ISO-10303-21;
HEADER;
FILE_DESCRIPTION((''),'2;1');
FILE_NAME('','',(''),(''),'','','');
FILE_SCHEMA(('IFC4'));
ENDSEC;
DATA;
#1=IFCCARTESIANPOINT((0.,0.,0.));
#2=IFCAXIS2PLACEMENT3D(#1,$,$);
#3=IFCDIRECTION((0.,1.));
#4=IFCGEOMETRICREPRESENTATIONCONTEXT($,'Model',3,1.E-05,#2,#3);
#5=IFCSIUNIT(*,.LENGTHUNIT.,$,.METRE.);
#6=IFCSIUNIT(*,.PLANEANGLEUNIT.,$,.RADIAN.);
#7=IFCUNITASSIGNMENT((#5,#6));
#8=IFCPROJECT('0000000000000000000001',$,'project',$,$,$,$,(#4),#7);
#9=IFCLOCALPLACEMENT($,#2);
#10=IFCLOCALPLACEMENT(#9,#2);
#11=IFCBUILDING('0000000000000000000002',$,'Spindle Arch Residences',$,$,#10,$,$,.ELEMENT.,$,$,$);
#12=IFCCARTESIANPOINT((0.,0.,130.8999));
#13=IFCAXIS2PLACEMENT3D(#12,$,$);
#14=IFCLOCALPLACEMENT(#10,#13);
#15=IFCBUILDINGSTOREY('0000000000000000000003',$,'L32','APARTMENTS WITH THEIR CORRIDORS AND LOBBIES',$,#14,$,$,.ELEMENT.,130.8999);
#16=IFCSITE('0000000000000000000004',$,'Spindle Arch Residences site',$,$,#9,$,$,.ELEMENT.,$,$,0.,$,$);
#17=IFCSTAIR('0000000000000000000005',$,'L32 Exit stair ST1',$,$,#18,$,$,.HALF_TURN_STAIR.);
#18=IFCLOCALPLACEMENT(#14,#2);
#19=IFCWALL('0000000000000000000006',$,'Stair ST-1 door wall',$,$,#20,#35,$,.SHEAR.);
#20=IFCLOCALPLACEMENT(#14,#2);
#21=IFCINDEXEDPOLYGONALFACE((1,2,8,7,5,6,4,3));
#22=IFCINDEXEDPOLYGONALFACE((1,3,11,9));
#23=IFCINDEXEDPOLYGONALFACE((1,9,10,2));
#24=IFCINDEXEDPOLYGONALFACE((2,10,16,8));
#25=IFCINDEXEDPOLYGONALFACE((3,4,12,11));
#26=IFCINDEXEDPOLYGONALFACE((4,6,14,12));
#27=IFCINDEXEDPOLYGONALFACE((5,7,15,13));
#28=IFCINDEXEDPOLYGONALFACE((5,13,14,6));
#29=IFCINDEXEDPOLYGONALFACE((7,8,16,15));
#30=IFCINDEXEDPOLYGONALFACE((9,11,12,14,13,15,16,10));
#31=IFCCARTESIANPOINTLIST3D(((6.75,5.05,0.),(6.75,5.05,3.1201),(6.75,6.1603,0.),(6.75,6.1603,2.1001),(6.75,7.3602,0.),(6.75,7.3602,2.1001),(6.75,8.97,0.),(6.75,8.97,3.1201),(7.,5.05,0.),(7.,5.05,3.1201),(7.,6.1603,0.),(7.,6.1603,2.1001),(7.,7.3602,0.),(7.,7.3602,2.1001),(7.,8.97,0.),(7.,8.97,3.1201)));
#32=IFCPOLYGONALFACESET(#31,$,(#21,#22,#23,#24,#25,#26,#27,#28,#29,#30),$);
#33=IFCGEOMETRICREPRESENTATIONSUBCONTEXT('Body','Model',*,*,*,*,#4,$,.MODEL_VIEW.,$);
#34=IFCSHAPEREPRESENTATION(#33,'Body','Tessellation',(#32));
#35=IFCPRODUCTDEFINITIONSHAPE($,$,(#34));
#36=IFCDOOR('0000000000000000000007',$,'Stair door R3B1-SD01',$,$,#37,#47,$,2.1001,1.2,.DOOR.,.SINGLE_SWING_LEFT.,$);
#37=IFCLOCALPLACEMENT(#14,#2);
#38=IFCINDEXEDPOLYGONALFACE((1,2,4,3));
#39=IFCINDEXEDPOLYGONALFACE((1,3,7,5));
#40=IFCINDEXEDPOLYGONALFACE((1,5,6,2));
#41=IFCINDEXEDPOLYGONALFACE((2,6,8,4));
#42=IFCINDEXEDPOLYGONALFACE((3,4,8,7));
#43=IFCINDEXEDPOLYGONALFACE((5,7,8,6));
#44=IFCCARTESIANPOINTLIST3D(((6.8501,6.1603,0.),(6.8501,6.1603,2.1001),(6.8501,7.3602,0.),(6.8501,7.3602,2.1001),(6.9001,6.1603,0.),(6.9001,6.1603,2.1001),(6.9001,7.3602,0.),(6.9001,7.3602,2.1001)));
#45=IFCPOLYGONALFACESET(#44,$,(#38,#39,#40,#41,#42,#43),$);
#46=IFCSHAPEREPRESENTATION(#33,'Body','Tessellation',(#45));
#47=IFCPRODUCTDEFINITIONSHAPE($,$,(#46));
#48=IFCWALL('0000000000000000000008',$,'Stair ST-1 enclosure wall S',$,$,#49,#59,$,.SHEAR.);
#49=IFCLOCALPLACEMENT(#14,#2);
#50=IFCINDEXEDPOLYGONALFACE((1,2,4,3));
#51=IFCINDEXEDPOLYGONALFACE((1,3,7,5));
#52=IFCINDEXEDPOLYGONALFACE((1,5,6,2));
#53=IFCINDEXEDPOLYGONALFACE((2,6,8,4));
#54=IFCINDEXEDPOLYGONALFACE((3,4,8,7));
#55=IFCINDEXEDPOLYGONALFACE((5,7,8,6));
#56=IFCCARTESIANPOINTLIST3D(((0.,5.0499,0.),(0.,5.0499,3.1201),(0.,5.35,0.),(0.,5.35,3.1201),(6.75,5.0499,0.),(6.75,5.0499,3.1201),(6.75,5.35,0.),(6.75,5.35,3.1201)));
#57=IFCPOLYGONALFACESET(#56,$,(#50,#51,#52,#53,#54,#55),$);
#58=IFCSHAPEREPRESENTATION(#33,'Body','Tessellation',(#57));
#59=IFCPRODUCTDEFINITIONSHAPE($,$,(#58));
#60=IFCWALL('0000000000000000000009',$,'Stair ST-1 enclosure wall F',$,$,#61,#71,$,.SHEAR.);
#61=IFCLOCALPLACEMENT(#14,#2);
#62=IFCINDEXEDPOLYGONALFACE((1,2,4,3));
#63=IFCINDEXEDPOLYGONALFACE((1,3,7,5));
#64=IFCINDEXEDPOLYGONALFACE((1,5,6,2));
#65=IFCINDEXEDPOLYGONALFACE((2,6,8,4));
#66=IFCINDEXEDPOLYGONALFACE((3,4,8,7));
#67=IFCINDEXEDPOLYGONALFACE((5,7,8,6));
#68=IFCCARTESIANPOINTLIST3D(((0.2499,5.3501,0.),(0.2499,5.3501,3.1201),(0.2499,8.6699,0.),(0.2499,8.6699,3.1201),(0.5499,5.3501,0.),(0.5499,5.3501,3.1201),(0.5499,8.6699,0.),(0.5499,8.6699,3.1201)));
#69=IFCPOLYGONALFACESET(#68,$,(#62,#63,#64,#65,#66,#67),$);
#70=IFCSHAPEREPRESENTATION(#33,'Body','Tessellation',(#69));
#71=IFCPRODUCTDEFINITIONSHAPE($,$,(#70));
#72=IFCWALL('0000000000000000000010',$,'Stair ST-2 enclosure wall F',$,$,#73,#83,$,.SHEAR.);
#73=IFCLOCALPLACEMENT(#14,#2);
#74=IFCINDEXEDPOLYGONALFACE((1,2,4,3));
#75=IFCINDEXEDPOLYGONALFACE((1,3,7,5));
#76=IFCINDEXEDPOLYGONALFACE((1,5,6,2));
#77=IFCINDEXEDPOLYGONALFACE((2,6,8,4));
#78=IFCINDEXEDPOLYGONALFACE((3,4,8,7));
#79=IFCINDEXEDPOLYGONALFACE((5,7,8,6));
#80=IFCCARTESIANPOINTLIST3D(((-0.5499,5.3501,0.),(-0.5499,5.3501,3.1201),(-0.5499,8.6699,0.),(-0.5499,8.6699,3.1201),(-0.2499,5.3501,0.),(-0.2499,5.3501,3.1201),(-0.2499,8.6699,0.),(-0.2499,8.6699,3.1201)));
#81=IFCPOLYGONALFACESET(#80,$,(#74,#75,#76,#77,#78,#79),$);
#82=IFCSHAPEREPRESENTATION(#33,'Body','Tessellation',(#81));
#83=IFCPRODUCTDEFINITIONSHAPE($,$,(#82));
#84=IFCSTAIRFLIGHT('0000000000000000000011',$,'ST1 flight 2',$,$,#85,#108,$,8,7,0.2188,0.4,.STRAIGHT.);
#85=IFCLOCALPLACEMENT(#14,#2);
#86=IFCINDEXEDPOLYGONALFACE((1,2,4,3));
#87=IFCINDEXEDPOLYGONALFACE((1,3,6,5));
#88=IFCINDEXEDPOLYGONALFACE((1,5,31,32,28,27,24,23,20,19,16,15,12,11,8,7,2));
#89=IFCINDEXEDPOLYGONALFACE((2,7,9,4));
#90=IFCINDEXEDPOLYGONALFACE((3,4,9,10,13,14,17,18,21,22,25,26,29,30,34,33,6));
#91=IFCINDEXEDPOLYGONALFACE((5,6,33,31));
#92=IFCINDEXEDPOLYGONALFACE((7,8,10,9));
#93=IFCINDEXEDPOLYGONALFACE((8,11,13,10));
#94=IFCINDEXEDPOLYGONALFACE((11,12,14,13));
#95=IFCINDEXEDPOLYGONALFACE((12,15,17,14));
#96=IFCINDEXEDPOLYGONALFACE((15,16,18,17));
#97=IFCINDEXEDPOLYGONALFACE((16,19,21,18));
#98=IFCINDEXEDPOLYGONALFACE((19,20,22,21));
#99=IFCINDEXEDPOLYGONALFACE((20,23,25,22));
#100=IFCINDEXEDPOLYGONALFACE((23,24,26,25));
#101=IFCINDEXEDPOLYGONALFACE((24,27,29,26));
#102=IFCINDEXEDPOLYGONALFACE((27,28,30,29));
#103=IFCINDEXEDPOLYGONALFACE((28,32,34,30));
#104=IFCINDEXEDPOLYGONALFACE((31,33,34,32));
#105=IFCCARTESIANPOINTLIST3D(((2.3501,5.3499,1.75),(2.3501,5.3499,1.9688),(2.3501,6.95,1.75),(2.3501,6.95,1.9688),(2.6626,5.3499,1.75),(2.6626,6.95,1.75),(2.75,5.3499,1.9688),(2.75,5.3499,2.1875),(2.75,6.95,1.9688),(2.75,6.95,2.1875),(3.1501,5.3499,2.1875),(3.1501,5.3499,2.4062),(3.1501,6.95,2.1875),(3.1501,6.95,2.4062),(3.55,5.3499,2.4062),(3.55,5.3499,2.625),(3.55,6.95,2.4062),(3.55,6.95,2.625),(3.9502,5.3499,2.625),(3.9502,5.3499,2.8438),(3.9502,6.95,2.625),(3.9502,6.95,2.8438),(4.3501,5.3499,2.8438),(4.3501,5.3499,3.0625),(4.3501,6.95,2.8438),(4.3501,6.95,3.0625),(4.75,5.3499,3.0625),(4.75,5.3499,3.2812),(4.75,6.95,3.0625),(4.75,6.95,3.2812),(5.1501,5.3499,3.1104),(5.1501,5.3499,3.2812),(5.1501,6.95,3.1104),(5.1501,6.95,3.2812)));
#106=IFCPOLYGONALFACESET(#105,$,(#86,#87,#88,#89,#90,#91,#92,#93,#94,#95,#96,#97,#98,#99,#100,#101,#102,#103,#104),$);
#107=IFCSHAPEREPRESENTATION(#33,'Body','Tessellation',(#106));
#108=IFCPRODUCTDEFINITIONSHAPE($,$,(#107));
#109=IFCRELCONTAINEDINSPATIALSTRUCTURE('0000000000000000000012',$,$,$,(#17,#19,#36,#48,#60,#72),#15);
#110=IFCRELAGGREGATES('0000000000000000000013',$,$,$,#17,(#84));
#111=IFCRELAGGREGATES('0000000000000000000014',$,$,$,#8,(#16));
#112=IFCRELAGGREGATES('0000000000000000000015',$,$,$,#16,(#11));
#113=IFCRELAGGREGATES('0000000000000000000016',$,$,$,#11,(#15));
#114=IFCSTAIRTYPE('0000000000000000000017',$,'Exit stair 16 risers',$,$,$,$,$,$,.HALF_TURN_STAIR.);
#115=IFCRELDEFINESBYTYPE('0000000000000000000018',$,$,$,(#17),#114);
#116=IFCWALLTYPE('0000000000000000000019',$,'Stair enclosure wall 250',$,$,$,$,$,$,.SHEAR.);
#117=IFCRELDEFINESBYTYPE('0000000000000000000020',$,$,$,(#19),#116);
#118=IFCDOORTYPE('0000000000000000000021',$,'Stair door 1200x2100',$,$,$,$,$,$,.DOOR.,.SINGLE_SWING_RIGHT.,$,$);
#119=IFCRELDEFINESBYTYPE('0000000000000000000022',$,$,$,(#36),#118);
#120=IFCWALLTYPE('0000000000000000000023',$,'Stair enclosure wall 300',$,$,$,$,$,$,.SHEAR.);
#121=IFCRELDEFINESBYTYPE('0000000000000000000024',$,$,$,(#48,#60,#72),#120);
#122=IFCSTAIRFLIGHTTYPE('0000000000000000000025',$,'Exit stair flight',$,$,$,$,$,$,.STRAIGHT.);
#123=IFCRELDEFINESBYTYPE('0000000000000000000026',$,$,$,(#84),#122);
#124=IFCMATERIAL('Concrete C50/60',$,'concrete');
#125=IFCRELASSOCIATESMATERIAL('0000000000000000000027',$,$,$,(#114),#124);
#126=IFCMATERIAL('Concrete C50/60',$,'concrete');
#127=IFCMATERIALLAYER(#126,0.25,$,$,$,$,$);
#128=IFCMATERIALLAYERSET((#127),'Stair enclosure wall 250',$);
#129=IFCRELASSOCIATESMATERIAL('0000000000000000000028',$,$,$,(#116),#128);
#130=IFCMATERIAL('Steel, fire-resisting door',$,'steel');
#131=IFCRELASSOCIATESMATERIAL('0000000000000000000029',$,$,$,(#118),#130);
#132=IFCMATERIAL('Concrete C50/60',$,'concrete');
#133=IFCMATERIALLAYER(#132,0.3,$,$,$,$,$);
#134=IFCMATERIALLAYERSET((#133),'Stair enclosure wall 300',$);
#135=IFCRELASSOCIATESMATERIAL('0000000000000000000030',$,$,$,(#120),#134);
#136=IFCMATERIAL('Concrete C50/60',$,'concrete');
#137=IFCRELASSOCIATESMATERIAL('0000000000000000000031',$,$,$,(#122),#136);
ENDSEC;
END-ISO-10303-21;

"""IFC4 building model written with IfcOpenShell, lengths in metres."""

from ifc_helpers import new_model, si_unit, direction, frame, frame_2d, origin, place, context, subcontext, project, spatial, polyline, rectangle, outline, extrude, material, layer, layer_set, type_object, element, fill, aggregate, save


model = new_model("IFC4")

# Units and contexts
model_context = context("Model", 3, precision=1e-05, world=origin(), true_north=direction((0.0, 1.0)))
body_context = subcontext(model_context, "Body", "Model", "MODEL_VIEW")
ifc_project = project(units=[si_unit("LENGTHUNIT", "METRE"), si_unit("PLANEANGLEUNIT", "RADIAN")], contexts=[model_context])

# Site, building, storey
site_placement = place(None, origin())
site = spatial("IfcSite", under=ifc_project, at=site_placement, Name="Spindle Arch Residences site", CompositionType="ELEMENT", RefElevation=0.0)
building_placement = place(site_placement, origin())
building = spatial("IfcBuilding", under=site, at=building_placement, Name="Spindle Arch Residences", CompositionType="ELEMENT")
storey_placement = place(building_placement, frame((0.0, 0.0, 130.8999)))
storey = spatial("IfcBuildingStorey", under=building, at=storey_placement, Name="L32", Description="APARTMENTS WITH THEIR CORRIDORS AND LOBBIES", CompositionType="ELEMENT", Elevation=130.8999)

# Stair
ifc_material_1 = material(Name="Concrete C50/60", Category="concrete")
stair_type = type_object("IfcStairType", Name="Exit stair 16 risers", PredefinedType="HALF_TURN_STAIR", material=ifc_material_1)
stair_1_placement = place(storey_placement, origin())
stair_1 = element("IfcStair", 1, at=stair_1_placement, inside=storey, type_object=stair_type, Name="L32 Exit stair ST1", PredefinedType="HALF_TURN_STAIR")

# Wall, opening, door
ifc_material_2 = material(Name="Concrete C50/60", Category="concrete")
ifc_layer_1 = layer(ifc_material_2, 0.25)
ifc_layer_set_1 = layer_set([ifc_layer_1], Name="Stair enclosure wall 250")
wall_type_1 = type_object("IfcWallType", Name="Stair enclosure wall 250", PredefinedType="SHEAR", material=ifc_layer_set_1)
wall_1_placement = place(storey_placement, frame((6.875, 5.05, 0.0), z_axis=(0.0, 0.0, 1.0), x_axis=(0.0, 1.0, 0.0)))
wall_1 = element("IfcWall", 2, at=wall_1_placement, inside=storey, type_object=wall_type_1, Name="Stair ST-1 door wall", PredefinedType="SHEAR", context=body_context, shape_type="SweptSolid", body=[
    extrude(rectangle(XDim=3.9199, YDim=0.25, at=frame_2d((1.96, 0.0))), origin(), (0.0, 0.0, 1.0), 3.1201),
])
opening_1_placement = place(wall_1_placement, frame((1.1101, 0.0, 0.0)))
opening_1 = element("IfcOpeningElement", 3, at=opening_1_placement, cuts=wall_1, PredefinedType="OPENING", context=body_context, shape_type="SweptSolid", body=[
    extrude(rectangle(XDim=1.2, YDim=2.1001, at=frame_2d((0.6001, 1.05))), frame((0.0, 0.135, 0.0), z_axis=(0.0, -1.0, 0.0), x_axis=(1.0, 0.0, 0.0)), (0.0, 0.0, 1.0), 0.27),
])
ifc_material_3 = material(Name="Steel, fire-resisting door", Category="steel")
door_type_1 = type_object("IfcDoorType", Name="Stair door 1200x2100", OperationType="SINGLE_SWING_RIGHT", PredefinedType="DOOR", material=ifc_material_3)
door_1_placement = place(opening_1_placement, origin())
door_1 = element("IfcDoor", 4, at=door_1_placement, inside=storey, type_object=door_type_1, Name="Stair door R3B1-SD01", OperationType="SINGLE_SWING_LEFT", OverallHeight=2.1001, OverallWidth=1.2, PredefinedType="DOOR", context=body_context, shape_type="SweptSolid", body=[
    extrude(rectangle(XDim=1.2, YDim=2.1001, at=frame_2d((0.6001, 1.05))), frame((0.0, 0.0249, 0.0), z_axis=(0.0, -1.0, 0.0), x_axis=(1.0, 0.0, 0.0)), (0.0, 0.0, 1.0), 0.05),
])
fill(opening_1, door_1)

# Walls
ifc_material_4 = material(Name="Concrete C50/60", Category="concrete")
ifc_layer_2 = layer(ifc_material_4, 0.3)
ifc_layer_set_2 = layer_set([ifc_layer_2], Name="Stair enclosure wall 300")
wall_type_2 = type_object("IfcWallType", Name="Stair enclosure wall 300", PredefinedType="SHEAR", material=ifc_layer_set_2)
wall_2_placement = place(storey_placement, frame((0.0, 5.2, 0.0), z_axis=(0.0, 0.0, 1.0), x_axis=(1.0, 0.0, 0.0)))
element("IfcWall", 5, at=wall_2_placement, inside=storey, type_object=wall_type_2, Name="Stair ST-1 enclosure wall S", PredefinedType="SHEAR", context=body_context, shape_type="SweptSolid", body=[
    extrude(rectangle(XDim=6.75, YDim=0.3, at=frame_2d((3.375, 0.0))), origin(), (0.0, 0.0, 1.0), 3.1201),
])
for number, where, z_axis, x_axis, name in (
    (6, (0.3999, 5.3501, 0.0), (0.0, 0.0, 1.0), (0.0, 1.0, 0.0), "Stair ST-1 enclosure wall F"),
    (7, (-0.3999, 5.3501, 0.0), (0.0, 0.0, 1.0), (0.0, 1.0, 0.0), "Stair ST-2 enclosure wall F"),
):
    element("IfcWall", number, at=place(storey_placement, frame(where, z_axis=z_axis, x_axis=x_axis)), inside=storey, type_object=wall_type_2, Name=name, PredefinedType="SHEAR", context=body_context, shape_type="SweptSolid", body=[
        extrude(rectangle(XDim=3.3198, YDim=0.3, at=frame_2d((1.6599, 0.0))), origin(), (0.0, 0.0, 1.0), 3.1201),
    ])

# Stair flight
ifc_material_5 = material(Name="Concrete C50/60", Category="concrete")
stair_flight_type = type_object("IfcStairFlightType", Name="Exit stair flight", PredefinedType="STRAIGHT", material=ifc_material_5)
stair_flight_placement = place(storey_placement, frame((2.3501, 6.1499, 1.75), z_axis=(0.0, 0.0, 1.0), x_axis=(1.0, 0.0, 0.0)))
stair_flight = element("IfcStairFlight", 8, at=stair_flight_placement, type_object=stair_flight_type, Name="ST1 flight 2", NumberOfRisers=8, NumberOfTreads=7, PredefinedType="STRAIGHT", RiserHeight=0.2188, TreadLength=0.4, context=body_context, shape_type="SweptSolid", body=[
    extrude(outline(polyline([(0.0, 0.0), (0.0, 0.2188), (0.3999, 0.2188), (0.3999, 0.4375), (0.8, 0.4375), (0.8, 0.6562), (1.2, 0.6562), (1.2, 0.875), (1.6001, 0.875), (1.6001, 1.0938), (2.0, 1.0938), (2.0, 1.3125), (2.3999, 1.3125), (2.3999, 1.5312), (2.8, 1.5312), (2.8, 1.75), (2.8, 1.3604), (0.3125, 0.0), (0.0, 0.0)])), frame((0.0, 0.8, 0.0), z_axis=(0.0, -1.0, 0.0), x_axis=(1.0, 0.0, 0.0)), (0.0, 0.0, 1.0), 1.6001),
])
aggregate(stair_1, [stair_flight])

save(model, "model.ifc")
